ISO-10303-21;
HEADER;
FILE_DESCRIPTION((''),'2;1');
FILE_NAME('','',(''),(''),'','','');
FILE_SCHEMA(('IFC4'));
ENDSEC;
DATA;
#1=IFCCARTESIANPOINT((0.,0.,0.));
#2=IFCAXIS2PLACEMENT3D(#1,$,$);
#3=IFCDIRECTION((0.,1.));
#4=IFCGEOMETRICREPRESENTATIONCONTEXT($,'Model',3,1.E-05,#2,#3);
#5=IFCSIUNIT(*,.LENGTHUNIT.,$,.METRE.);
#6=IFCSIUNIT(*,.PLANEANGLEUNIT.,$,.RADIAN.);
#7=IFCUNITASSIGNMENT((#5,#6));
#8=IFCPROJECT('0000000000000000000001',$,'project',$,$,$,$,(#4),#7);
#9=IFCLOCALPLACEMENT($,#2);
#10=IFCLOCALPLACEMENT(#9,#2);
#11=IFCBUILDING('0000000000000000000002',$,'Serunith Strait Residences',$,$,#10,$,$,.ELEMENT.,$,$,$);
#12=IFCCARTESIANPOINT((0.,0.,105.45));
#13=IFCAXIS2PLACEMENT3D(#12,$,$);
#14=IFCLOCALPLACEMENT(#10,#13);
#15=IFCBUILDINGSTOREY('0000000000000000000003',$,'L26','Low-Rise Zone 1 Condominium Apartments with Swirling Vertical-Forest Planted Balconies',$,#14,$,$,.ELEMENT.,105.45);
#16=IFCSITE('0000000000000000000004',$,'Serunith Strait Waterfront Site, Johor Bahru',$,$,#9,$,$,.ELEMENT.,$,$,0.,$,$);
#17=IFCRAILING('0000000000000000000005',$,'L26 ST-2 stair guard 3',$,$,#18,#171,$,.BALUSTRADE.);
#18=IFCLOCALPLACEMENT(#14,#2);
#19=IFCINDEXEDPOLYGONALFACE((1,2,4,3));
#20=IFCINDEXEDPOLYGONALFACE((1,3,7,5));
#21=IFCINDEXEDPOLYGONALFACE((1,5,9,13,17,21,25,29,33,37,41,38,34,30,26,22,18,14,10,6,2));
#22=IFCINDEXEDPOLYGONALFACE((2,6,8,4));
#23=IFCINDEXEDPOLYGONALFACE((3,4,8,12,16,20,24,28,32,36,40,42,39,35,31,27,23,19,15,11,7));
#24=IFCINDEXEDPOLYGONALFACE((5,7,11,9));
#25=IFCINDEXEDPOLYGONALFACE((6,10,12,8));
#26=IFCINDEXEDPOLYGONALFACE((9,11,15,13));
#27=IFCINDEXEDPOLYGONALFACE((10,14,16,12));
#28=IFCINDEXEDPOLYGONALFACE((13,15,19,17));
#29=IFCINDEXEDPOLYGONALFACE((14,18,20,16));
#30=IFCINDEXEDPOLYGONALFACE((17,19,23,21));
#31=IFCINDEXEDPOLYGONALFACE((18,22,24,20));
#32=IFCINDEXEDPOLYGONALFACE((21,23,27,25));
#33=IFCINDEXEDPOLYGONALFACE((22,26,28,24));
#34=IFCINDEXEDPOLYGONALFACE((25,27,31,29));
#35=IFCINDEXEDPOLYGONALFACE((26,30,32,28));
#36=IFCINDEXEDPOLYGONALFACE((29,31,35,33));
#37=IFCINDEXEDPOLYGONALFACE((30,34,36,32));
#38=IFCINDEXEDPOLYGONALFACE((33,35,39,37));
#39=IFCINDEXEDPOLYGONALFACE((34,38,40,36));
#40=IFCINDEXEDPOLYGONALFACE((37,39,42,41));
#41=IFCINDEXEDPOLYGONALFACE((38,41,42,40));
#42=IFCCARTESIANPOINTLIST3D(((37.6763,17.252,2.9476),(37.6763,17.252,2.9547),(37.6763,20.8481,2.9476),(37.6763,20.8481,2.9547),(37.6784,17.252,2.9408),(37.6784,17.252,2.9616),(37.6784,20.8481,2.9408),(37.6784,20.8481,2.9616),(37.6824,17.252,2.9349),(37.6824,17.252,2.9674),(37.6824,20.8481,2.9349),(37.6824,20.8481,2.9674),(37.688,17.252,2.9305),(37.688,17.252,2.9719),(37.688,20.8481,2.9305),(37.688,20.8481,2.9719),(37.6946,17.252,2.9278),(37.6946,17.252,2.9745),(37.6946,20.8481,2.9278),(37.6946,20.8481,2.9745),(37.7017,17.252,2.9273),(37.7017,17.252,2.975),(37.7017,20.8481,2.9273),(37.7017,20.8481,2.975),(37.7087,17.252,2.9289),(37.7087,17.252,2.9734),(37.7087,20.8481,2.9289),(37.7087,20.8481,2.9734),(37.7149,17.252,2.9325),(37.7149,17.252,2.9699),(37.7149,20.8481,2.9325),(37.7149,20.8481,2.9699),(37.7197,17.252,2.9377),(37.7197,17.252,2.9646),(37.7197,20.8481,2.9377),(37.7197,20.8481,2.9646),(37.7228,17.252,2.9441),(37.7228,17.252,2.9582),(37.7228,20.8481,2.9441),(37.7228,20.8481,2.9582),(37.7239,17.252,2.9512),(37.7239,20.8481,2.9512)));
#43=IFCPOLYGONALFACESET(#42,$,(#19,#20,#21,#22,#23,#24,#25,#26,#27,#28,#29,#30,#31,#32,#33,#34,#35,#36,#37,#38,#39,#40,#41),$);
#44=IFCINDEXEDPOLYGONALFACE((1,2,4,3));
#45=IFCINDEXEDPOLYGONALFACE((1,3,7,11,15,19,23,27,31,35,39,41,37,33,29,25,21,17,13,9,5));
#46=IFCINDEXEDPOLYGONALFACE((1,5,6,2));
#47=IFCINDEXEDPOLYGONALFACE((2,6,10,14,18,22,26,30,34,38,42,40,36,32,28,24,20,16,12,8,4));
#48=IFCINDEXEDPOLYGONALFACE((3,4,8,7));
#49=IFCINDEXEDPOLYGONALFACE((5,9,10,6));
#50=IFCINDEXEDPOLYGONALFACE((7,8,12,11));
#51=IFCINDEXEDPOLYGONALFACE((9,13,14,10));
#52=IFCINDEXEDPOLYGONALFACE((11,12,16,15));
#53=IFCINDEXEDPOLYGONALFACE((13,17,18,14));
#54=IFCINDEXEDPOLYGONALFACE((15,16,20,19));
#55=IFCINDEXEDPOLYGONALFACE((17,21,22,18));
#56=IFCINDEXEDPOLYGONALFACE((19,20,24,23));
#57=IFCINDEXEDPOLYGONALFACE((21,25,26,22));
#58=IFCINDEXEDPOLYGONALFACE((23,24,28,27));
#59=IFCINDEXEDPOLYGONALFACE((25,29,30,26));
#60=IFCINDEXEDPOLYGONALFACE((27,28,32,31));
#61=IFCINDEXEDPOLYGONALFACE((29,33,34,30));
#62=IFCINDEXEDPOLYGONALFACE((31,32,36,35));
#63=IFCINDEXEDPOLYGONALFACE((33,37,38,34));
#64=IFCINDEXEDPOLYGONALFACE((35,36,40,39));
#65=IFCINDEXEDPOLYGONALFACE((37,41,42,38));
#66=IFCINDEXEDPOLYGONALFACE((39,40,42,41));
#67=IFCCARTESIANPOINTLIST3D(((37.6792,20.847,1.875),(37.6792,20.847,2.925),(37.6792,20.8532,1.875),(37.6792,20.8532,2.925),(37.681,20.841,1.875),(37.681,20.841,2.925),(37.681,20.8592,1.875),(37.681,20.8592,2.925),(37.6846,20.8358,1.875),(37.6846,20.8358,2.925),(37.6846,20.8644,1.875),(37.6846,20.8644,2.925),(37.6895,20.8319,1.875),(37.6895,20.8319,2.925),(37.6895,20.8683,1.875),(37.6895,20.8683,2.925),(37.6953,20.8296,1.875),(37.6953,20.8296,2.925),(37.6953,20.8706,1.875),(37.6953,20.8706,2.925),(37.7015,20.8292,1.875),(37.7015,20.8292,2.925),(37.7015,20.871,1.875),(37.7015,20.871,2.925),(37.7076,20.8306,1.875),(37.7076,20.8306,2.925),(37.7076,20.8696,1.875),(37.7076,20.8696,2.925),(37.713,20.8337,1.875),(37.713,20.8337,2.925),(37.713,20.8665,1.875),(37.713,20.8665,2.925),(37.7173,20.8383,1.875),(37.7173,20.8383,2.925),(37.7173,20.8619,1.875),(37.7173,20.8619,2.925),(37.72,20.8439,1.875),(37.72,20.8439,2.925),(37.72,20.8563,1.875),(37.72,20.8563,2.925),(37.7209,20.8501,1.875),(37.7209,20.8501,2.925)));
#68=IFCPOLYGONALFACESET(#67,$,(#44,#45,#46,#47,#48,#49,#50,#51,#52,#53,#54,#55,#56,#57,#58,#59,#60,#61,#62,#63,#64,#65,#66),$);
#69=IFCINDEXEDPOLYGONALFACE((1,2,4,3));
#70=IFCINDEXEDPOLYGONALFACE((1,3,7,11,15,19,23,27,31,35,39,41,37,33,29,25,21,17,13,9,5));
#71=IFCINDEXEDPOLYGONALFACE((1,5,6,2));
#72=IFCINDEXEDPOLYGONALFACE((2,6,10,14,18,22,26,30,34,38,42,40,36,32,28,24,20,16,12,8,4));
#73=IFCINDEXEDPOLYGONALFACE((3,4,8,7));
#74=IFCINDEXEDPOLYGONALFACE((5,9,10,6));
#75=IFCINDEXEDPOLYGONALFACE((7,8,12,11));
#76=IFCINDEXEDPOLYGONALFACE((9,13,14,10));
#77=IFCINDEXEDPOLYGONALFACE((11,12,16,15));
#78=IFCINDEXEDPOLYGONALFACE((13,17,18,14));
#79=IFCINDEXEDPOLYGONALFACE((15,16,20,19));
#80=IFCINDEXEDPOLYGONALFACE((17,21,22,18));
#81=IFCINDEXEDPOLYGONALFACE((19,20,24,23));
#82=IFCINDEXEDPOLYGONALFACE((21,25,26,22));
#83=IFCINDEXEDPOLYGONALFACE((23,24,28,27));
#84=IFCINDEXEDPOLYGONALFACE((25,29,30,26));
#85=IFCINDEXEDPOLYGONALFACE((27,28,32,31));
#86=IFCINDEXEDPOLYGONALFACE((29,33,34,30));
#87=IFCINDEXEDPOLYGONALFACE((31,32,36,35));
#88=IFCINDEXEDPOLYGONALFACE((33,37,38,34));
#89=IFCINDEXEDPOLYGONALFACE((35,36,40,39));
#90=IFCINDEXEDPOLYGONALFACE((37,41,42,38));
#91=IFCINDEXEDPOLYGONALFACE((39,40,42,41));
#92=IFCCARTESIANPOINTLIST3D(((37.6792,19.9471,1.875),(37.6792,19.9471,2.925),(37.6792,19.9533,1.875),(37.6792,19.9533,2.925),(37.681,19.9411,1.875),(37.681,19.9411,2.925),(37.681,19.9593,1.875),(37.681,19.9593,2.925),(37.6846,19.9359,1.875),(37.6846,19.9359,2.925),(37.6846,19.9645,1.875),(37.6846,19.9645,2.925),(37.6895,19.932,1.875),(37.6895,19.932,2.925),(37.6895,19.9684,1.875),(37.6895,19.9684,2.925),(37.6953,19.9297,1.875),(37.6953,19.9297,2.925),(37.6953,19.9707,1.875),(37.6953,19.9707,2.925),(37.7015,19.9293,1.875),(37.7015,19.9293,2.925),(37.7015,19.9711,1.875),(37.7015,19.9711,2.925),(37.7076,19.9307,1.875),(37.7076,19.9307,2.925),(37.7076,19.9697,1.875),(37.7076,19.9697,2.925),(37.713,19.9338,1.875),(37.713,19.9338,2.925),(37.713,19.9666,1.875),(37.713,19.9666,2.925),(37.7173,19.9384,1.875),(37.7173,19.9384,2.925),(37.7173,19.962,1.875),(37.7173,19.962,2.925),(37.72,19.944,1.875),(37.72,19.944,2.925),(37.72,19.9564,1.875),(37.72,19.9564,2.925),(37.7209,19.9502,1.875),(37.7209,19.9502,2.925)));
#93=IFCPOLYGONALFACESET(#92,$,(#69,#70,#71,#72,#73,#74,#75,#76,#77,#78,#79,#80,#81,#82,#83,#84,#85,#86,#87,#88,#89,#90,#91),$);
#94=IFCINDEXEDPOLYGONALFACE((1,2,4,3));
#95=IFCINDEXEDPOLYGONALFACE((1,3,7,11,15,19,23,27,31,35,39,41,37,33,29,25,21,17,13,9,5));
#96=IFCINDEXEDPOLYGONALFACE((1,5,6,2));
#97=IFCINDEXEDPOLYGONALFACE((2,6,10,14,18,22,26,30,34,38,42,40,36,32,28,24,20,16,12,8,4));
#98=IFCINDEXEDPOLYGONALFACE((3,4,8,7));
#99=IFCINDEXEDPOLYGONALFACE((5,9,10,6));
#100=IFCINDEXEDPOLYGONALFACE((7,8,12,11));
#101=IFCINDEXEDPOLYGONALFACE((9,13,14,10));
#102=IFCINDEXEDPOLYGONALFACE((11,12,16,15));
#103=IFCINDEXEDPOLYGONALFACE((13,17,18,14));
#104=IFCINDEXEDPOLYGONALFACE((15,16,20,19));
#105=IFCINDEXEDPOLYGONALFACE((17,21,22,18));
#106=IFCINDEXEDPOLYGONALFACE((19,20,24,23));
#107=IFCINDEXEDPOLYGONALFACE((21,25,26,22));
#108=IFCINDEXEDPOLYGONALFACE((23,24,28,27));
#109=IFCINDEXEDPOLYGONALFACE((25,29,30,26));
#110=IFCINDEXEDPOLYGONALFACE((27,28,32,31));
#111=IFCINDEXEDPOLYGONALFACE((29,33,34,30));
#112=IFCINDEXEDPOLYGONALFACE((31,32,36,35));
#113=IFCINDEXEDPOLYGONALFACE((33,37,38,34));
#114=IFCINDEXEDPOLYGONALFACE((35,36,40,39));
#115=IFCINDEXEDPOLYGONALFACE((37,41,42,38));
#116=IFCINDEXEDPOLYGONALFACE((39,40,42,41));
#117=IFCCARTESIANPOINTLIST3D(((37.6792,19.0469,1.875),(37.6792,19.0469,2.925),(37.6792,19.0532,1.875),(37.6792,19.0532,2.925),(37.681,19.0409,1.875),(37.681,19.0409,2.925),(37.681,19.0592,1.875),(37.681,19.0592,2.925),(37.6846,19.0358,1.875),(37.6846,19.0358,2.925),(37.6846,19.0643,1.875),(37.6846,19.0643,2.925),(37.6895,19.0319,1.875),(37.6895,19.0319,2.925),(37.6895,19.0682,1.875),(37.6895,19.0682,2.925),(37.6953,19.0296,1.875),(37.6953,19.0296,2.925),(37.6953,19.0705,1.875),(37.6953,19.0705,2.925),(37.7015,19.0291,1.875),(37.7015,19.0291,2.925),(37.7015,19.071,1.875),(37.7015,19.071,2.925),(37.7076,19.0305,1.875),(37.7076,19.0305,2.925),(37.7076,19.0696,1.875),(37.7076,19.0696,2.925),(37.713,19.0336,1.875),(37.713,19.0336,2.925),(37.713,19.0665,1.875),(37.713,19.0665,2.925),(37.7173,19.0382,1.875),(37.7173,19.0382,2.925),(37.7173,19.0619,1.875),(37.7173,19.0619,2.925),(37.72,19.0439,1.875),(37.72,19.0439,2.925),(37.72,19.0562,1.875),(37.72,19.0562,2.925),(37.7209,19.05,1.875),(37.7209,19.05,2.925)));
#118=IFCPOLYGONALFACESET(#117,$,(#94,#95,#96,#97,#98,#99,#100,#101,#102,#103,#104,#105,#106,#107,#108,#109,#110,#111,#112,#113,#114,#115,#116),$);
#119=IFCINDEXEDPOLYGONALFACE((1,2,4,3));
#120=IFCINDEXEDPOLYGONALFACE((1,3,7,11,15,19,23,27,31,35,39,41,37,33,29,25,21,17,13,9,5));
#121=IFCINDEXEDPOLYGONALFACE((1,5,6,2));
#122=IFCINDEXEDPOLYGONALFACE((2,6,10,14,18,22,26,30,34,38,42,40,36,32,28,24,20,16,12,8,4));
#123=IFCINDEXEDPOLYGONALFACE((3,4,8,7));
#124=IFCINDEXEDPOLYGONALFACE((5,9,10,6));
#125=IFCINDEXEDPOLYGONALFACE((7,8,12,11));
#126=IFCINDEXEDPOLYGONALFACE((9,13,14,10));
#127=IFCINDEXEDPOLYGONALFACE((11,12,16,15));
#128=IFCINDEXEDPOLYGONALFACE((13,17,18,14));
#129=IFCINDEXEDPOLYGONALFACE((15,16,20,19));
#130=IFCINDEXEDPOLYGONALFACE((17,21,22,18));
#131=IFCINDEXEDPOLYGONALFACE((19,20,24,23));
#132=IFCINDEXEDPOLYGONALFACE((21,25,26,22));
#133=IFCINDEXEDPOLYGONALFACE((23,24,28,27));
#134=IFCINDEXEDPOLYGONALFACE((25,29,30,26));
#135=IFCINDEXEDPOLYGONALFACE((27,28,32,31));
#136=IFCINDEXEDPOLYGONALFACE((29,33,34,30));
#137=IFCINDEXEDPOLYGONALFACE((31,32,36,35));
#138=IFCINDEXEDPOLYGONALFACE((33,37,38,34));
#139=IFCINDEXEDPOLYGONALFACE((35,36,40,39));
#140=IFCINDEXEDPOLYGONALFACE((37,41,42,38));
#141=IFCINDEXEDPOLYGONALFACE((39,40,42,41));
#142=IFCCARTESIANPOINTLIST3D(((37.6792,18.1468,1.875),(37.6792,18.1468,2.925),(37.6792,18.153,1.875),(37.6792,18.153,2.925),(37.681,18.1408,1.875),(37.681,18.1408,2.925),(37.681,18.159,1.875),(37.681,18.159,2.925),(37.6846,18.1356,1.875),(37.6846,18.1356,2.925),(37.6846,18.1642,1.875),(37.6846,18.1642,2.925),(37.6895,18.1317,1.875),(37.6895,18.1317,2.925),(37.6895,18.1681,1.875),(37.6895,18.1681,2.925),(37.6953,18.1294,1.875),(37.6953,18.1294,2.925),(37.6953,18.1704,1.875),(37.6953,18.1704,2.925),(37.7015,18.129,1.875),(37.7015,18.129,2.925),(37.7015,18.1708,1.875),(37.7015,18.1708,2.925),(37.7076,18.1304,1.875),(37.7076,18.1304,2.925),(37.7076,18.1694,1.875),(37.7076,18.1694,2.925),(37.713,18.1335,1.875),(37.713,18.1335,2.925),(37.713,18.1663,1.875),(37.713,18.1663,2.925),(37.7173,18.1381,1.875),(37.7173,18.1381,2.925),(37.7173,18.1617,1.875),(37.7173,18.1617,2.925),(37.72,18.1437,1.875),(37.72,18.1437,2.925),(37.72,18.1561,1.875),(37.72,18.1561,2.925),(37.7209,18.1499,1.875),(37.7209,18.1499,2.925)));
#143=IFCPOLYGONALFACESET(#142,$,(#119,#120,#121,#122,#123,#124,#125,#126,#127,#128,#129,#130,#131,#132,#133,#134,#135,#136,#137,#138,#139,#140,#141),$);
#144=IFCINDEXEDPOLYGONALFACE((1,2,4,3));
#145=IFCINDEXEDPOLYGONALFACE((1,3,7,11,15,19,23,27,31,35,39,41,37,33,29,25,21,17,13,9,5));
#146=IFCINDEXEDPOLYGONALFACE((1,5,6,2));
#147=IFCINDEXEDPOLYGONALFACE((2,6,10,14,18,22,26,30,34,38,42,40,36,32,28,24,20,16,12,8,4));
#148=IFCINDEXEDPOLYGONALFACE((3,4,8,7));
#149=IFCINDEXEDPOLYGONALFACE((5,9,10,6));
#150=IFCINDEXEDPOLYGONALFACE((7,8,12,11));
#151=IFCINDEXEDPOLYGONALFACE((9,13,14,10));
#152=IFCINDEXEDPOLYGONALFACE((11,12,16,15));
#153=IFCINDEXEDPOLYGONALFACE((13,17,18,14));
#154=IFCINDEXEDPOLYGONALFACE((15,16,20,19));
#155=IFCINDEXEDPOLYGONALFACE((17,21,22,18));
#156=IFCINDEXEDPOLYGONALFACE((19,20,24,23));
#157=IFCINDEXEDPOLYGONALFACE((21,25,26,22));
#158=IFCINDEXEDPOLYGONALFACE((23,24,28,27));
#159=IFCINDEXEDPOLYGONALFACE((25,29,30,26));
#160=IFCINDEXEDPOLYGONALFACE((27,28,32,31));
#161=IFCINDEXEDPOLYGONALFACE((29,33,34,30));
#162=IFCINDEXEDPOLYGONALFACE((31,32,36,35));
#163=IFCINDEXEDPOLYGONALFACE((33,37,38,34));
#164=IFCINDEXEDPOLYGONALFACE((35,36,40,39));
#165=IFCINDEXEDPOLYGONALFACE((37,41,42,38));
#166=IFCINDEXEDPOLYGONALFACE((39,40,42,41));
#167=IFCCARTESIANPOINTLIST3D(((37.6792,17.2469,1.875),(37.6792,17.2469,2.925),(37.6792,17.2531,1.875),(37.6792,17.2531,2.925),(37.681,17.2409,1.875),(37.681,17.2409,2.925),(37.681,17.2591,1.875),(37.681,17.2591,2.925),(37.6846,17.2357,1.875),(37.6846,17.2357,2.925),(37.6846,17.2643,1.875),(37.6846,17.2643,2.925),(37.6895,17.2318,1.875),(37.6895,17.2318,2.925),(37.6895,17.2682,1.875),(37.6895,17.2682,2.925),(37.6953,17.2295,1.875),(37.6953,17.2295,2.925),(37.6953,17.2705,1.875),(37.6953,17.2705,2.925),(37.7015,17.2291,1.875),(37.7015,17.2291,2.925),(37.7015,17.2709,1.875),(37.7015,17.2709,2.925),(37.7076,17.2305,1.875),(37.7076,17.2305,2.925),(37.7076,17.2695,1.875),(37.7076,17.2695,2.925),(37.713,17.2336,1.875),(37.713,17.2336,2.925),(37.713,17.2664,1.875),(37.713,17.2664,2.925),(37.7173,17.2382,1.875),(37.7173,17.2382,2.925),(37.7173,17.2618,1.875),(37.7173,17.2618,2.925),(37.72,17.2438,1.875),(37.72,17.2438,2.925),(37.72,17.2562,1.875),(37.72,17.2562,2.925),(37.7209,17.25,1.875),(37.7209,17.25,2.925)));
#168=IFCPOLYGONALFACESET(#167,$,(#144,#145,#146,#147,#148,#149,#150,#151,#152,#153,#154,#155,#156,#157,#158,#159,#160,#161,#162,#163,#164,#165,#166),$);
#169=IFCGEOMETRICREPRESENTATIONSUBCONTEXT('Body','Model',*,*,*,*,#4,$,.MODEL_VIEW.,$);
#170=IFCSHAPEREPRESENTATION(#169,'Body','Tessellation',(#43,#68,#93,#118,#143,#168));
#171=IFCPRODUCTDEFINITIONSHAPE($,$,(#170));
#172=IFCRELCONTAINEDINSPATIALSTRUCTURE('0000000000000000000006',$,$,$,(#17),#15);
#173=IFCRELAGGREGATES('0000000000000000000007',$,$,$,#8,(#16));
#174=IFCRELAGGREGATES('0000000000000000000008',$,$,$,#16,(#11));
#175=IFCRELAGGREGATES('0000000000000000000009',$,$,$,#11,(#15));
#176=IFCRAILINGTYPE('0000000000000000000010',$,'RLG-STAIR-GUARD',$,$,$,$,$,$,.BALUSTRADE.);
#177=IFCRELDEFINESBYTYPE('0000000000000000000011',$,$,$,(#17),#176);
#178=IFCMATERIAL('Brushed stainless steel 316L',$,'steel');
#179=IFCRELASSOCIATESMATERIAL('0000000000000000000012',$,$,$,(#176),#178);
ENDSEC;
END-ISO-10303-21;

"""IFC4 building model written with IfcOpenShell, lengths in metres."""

from ifc_helpers import new_model, si_unit, direction, frame, origin, origin_2d, place, context, subcontext, project, spatial, circle, extrude, material, type_object, element, save


model = new_model("IFC4")

# Units and contexts
model_context = context("Model", 3, precision=1e-05, world=origin(), true_north=direction((0.0, 1.0)))
body_context = subcontext(model_context, "Body", "Model", "MODEL_VIEW")
ifc_project = project(units=[si_unit("LENGTHUNIT", "METRE"), si_unit("PLANEANGLEUNIT", "RADIAN")], contexts=[model_context])

# Site, building, storey
site_placement = place(None, origin())
site = spatial("IfcSite", under=ifc_project, at=site_placement, Name="Serunith Strait Waterfront Site, Johor Bahru", CompositionType="ELEMENT", RefElevation=0.0)
building_placement = place(site_placement, origin())
building = spatial("IfcBuilding", under=site, at=building_placement, Name="Serunith Strait Residences", CompositionType="ELEMENT")
storey_placement = place(building_placement, frame((0.0, 0.0, 105.45)))
storey = spatial("IfcBuildingStorey", under=building, at=storey_placement, Name="L26", Description="Low-Rise Zone 1 Condominium Apartments with Swirling Vertical-Forest Planted Balconies", CompositionType="ELEMENT", Elevation=105.45)

# Railing
ifc_material_1 = material(Name="Brushed stainless steel 316L", Category="steel")
railing_type_1 = type_object("IfcRailingType", Name="RLG-STAIR-GUARD", PredefinedType="BALUSTRADE", material=ifc_material_1)
for number, where, name in (
    (1, (37.7, 20.8501, 1.875), "L26 ST-2 stair guard 3"),
):
    element("IfcRailing", number, at=place(storey_placement, frame(where)), inside=storey, type_object=railing_type_1, Name=name, PredefinedType="BALUSTRADE", context=body_context, shape_type="SweptSolid", body=[
        extrude(circle(Radius=0.0239, at=origin_2d()), frame((0.0, -0.002, 1.0762), z_axis=(0.0, -1.0, 0.0), x_axis=(1.0, 0.0, 0.0)), (0.0, 0.0, 1.0), 3.5962),
        extrude(circle(Radius=0.021, at=origin_2d()), origin(), (0.0, 0.0, 1.0), 1.05),
        extrude(circle(Radius=0.021, at=origin_2d()), frame((0.0, -0.8999, 0.0)), (0.0, 0.0, 1.0), 1.05),
        extrude(circle(Radius=0.021, at=origin_2d()), frame((0.0, -1.8, 0.0)), (0.0, 0.0, 1.0), 1.05),
        extrude(circle(Radius=0.021, at=origin_2d()), frame((0.0, -2.7002, 0.0)), (0.0, 0.0, 1.0), 1.05),
        extrude(circle(Radius=0.021, at=origin_2d()), frame((0.0, -3.6001, 0.0)), (0.0, 0.0, 1.0), 1.05),
    ])

save(model, "model.ifc")
